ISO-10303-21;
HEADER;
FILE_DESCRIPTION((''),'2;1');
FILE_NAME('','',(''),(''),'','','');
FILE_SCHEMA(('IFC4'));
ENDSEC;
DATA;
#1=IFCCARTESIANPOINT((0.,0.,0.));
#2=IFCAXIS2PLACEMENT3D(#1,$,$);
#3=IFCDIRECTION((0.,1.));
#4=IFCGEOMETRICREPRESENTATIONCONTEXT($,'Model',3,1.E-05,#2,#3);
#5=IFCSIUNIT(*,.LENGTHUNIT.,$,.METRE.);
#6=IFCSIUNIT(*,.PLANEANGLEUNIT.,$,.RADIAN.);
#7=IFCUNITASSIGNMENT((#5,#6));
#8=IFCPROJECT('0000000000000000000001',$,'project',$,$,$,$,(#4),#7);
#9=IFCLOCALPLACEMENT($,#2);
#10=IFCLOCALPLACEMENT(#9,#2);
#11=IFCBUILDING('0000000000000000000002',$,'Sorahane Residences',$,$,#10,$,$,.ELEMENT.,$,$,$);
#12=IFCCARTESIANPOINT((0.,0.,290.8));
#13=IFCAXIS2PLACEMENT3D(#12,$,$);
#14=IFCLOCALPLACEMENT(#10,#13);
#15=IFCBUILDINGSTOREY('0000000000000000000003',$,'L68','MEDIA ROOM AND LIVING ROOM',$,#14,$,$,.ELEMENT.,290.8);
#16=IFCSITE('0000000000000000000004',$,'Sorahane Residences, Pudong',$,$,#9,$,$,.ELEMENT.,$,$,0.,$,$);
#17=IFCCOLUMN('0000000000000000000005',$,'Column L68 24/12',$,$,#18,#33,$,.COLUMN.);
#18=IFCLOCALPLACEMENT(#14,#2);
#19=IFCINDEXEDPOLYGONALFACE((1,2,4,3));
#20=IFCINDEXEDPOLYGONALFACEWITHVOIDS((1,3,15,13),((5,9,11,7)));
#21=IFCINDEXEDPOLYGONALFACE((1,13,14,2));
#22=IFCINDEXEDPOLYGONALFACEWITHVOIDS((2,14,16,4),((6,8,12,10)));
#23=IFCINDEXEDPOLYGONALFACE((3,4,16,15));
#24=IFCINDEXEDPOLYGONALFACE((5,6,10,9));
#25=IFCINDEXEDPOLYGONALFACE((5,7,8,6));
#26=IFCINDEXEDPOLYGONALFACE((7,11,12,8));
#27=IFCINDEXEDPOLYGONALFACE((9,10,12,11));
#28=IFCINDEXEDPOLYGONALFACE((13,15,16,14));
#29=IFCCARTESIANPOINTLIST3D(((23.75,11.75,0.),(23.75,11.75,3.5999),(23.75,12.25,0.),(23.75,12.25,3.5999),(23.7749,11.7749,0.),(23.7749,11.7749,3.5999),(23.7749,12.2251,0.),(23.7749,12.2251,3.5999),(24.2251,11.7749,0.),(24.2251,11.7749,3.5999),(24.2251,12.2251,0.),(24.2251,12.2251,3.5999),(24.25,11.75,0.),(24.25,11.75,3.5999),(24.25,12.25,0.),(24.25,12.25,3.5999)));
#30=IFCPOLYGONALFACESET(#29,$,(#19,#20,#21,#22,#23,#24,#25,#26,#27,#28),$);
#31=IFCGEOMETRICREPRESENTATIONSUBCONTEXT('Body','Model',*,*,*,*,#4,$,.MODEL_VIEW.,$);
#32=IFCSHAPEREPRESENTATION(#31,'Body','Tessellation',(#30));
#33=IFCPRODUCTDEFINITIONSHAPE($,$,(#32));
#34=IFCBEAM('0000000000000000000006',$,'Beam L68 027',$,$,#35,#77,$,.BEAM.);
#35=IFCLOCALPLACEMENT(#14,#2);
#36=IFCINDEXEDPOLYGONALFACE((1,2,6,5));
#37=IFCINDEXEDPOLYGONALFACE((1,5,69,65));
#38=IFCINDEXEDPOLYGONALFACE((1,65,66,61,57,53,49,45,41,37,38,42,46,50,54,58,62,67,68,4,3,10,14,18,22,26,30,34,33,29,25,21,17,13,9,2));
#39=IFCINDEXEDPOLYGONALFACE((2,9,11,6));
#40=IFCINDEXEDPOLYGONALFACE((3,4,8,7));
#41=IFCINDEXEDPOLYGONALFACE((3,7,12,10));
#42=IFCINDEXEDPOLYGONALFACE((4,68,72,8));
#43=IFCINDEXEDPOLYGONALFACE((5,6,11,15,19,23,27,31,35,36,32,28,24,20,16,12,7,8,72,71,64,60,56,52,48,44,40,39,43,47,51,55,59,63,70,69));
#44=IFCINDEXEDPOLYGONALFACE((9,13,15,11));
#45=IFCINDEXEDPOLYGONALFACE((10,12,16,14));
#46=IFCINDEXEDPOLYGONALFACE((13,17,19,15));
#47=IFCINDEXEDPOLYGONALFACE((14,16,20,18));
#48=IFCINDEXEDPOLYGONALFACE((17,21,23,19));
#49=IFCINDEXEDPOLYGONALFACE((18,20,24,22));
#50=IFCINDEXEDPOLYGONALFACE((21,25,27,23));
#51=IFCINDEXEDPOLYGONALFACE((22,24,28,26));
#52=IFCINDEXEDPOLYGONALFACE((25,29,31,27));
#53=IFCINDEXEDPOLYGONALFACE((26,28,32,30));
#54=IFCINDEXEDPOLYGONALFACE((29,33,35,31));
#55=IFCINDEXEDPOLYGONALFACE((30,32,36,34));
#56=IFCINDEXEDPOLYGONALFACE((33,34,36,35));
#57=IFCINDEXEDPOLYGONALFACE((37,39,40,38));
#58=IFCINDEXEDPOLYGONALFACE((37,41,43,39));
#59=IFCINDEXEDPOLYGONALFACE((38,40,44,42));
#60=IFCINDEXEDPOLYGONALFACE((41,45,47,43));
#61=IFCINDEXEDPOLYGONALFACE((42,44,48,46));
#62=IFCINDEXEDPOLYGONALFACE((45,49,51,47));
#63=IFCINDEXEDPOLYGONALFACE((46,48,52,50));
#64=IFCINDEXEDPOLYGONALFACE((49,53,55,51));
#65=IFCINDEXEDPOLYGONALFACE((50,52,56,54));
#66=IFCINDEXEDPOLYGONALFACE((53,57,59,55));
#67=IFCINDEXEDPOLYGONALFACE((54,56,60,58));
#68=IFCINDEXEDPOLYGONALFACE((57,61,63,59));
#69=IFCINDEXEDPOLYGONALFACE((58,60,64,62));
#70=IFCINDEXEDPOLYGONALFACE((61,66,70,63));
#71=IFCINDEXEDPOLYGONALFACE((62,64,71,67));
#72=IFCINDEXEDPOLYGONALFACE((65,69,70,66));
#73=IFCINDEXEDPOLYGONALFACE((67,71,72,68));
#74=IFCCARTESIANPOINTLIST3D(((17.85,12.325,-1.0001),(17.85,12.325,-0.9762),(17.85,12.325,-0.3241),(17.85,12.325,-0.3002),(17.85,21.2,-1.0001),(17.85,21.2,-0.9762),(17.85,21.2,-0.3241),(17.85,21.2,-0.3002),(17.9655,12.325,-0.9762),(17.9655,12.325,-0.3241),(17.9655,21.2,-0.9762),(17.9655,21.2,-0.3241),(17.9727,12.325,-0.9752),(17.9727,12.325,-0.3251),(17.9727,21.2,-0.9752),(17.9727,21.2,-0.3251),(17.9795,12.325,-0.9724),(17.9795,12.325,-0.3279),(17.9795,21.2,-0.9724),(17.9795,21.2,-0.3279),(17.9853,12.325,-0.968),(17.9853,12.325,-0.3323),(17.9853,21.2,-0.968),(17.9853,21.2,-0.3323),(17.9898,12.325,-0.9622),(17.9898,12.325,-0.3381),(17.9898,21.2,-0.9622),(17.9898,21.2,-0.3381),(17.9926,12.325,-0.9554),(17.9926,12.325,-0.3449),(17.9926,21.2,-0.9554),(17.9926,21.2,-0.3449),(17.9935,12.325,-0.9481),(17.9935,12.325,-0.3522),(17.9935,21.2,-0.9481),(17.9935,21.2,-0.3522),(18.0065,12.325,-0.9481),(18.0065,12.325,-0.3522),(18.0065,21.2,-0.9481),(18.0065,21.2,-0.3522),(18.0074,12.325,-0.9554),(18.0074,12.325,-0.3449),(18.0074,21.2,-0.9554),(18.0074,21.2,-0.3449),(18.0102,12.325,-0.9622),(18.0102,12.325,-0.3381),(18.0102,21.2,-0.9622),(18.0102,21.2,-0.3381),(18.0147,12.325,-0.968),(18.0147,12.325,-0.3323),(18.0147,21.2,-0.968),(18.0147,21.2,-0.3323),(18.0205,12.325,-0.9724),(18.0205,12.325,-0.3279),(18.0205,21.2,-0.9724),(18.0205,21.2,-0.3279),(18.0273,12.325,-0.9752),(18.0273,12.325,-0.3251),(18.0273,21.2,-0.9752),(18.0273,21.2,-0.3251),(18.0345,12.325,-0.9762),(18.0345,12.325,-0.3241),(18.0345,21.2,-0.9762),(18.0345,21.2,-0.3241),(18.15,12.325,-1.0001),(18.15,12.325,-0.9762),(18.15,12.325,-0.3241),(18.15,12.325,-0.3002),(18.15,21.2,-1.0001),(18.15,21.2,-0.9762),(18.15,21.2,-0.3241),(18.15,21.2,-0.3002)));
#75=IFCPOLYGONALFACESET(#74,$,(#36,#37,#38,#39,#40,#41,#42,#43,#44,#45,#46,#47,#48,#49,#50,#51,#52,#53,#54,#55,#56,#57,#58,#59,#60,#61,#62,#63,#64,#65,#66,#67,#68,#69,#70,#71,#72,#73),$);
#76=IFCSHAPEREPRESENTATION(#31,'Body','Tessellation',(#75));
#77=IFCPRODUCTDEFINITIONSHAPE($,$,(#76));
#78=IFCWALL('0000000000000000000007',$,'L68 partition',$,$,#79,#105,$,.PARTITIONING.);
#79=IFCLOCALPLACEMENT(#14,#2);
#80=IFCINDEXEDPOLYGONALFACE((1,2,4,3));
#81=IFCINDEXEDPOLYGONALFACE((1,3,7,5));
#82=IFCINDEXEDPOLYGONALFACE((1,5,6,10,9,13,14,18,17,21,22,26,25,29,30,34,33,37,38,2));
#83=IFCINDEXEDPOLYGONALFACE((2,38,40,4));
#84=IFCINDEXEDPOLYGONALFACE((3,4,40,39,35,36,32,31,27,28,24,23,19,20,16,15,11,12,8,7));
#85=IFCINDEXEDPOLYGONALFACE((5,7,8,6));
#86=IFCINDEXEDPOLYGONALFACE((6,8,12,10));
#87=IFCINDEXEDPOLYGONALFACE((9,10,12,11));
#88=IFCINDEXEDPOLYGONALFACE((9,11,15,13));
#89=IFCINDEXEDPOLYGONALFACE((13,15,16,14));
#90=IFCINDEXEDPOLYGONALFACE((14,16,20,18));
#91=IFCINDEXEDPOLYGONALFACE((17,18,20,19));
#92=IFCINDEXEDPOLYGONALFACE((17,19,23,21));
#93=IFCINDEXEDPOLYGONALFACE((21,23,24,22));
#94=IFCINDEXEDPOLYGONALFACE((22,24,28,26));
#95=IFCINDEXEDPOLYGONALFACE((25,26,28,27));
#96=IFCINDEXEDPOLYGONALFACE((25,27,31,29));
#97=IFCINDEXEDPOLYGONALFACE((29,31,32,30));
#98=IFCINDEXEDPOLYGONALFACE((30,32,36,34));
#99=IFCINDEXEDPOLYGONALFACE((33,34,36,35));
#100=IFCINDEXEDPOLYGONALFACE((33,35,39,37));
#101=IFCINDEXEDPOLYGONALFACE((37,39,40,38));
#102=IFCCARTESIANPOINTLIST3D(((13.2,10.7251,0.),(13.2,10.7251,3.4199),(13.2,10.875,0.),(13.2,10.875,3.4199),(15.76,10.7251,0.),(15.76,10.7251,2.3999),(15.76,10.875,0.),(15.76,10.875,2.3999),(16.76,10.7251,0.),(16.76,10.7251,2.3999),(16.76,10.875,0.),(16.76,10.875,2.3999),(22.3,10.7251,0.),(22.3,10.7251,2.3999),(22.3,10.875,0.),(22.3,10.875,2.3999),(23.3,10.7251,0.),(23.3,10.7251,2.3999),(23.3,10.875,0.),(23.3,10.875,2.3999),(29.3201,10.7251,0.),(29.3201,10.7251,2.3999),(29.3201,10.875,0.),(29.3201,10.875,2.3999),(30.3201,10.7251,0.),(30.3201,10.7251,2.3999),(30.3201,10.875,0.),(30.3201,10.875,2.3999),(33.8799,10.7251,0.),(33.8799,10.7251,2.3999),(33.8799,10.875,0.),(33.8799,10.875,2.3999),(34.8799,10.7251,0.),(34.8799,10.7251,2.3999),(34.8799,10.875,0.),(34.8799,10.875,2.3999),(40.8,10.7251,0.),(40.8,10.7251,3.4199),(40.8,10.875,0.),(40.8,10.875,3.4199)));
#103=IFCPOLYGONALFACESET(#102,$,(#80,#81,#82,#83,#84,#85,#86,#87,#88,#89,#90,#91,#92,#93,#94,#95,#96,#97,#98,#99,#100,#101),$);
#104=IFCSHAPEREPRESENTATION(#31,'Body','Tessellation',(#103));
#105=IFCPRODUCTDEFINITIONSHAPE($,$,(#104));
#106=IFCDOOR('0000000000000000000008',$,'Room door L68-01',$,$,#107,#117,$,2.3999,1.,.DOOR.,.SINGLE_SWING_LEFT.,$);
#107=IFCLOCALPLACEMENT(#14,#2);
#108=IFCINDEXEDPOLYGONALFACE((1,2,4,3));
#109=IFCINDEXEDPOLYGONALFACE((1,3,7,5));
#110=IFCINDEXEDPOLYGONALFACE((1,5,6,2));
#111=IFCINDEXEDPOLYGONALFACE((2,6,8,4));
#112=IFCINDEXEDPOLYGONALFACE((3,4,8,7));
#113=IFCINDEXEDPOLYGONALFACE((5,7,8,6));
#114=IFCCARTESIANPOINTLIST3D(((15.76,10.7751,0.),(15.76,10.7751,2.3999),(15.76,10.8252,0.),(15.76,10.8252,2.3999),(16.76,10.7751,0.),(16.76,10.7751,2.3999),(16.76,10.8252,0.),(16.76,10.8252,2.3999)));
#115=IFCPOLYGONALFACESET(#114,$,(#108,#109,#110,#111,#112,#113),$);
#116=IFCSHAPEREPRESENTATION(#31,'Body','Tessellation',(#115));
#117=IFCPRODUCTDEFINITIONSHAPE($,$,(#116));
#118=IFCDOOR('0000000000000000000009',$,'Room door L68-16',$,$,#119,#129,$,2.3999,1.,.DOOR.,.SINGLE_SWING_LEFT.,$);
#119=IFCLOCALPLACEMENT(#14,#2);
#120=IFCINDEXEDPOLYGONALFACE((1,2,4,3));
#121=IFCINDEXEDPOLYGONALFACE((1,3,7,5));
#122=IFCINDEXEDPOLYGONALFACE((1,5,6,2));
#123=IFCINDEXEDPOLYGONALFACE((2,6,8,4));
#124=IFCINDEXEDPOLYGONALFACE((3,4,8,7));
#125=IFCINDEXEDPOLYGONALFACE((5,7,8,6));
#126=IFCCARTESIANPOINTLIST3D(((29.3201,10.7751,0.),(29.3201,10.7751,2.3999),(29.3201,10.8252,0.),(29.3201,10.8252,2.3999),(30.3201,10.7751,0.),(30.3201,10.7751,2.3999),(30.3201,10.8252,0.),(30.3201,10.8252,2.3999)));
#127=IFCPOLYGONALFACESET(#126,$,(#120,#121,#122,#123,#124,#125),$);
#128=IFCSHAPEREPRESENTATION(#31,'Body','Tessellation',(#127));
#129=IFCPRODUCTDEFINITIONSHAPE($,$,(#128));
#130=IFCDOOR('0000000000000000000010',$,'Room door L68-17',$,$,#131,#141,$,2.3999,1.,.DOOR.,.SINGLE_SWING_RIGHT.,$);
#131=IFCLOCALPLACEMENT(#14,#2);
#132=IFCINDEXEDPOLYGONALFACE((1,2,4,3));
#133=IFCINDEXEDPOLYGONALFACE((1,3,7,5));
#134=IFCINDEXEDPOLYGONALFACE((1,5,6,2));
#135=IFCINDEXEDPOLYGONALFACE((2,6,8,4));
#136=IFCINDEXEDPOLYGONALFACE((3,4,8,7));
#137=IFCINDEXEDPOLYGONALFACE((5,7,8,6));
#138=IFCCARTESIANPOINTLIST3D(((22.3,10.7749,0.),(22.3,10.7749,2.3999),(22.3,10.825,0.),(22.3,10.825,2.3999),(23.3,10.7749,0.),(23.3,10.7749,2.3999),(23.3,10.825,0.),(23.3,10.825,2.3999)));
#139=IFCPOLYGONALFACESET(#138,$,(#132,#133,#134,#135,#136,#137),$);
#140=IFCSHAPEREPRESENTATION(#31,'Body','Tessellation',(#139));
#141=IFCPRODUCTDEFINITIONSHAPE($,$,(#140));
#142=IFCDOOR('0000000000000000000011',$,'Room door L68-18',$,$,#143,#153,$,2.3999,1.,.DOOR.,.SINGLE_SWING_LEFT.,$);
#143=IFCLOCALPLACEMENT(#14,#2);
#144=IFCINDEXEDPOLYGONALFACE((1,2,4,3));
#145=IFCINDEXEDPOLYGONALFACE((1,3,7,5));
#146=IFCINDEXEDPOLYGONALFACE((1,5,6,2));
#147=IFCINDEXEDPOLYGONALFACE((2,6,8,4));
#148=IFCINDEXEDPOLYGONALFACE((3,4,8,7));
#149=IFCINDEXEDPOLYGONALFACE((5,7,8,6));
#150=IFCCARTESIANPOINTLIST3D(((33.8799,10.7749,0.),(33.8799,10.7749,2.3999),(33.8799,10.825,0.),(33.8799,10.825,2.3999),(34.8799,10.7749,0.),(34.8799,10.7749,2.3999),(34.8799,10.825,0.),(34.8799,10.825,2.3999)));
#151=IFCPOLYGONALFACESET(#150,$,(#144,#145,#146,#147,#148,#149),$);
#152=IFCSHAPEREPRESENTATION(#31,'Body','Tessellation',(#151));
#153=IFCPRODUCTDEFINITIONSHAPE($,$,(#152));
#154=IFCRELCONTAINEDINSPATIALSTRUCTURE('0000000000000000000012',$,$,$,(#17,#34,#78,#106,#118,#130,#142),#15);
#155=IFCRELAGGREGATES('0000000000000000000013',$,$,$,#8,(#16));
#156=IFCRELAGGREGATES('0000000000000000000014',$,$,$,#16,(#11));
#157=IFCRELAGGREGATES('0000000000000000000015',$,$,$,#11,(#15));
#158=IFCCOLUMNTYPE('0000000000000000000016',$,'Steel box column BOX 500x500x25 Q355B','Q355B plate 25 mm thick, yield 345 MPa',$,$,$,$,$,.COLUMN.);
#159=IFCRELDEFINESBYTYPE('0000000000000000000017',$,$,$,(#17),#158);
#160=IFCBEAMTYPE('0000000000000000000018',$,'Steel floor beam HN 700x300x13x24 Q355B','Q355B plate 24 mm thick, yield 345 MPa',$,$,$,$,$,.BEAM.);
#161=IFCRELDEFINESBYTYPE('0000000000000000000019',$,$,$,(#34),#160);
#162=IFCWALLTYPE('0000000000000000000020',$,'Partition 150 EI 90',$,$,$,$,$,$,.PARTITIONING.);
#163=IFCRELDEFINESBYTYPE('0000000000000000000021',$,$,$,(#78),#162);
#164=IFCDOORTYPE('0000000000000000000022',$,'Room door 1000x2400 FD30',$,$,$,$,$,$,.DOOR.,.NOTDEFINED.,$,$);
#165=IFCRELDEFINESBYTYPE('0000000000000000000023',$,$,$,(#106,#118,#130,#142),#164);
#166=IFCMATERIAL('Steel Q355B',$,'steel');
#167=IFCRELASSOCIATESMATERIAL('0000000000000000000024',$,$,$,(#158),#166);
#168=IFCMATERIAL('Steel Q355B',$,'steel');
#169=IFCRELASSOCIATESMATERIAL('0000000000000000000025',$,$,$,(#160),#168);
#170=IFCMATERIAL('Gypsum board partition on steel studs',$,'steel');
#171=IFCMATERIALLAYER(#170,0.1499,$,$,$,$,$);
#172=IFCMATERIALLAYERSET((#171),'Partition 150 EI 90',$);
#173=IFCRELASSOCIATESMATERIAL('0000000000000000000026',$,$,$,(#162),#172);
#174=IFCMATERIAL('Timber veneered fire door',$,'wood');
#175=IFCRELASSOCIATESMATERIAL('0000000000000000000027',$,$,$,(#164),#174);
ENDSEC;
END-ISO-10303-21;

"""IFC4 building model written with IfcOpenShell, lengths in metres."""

from ifc_helpers import new_model, si_unit, direction, frame, frame_2d, origin, origin_2d, place, context, subcontext, project, spatial, rectangle, hollow_rectangle, i_section, extrude, material, layer, layer_set, material_profile, profile_set, type_object, element, fill, save


model = new_model("IFC4")

# Units and contexts
model_context = context("Model", 3, precision=1e-05, world=origin(), true_north=direction((0.0, 1.0)))
body_context = subcontext(model_context, "Body", "Model", "MODEL_VIEW")
ifc_project = project(units=[si_unit("LENGTHUNIT", "METRE"), si_unit("PLANEANGLEUNIT", "RADIAN")], contexts=[model_context])

# Site, building, storey
site_placement = place(None, origin())
site = spatial("IfcSite", under=ifc_project, at=site_placement, Name="Sorahane Residences, Pudong", CompositionType="ELEMENT", RefElevation=0.0)
building_placement = place(site_placement, origin())
building = spatial("IfcBuilding", under=site, at=building_placement, Name="Sorahane Residences", CompositionType="ELEMENT")
storey_placement = place(building_placement, frame((0.0, 0.0, 290.8)))
storey = spatial("IfcBuildingStorey", under=building, at=storey_placement, Name="L68", Description="MEDIA ROOM AND LIVING ROOM", CompositionType="ELEMENT", Elevation=290.8)

# Column
ifc_material_1 = material(Name="Steel Q355B", Category="steel")
ifc_material_profile_1 = material_profile(ifc_material_1, hollow_rectangle(XDim=0.5, YDim=0.5, WallThickness=0.0249, at=origin_2d()), Name="BOX 500x500x25")
ifc_profile_set_1 = profile_set([ifc_material_profile_1], Name="Steel Q355B")
column_type = type_object("IfcColumnType", Name="Steel box column BOX 500x500x25 Q355B", Description="Q355B plate 25 mm thick, yield 345 MPa", PredefinedType="COLUMN", material=ifc_profile_set_1)
column_placement = place(storey_placement, frame((24.0, 12.0, 0.0), z_axis=(0.0, 0.0, 1.0), x_axis=(1.0, 0.0, 0.0)))
element("IfcColumn", 1, at=column_placement, inside=storey, type_object=column_type, Name="Column L68 24/12", PredefinedType="COLUMN", context=body_context, shape_type="SweptSolid", body=[
    extrude(hollow_rectangle(XDim=0.5, YDim=0.5, WallThickness=0.0249, at=origin_2d()), origin(), (0.0, 0.0, 1.0), 3.5999),
])

# Beam
ifc_material_2 = material(Name="Steel Q355B", Category="steel")
ifc_material_profile_2 = material_profile(ifc_material_2, i_section(OverallWidth=0.3, OverallDepth=0.7, WebThickness=0.0129, FlangeThickness=0.0239, FilletRadius=0.0281, at=origin_2d()), Name="HN 700x300x13x24")
ifc_profile_set_2 = profile_set([ifc_material_profile_2], Name="Steel Q355B")
beam_type = type_object("IfcBeamType", Name="Steel floor beam HN 700x300x13x24 Q355B", Description="Q355B plate 24 mm thick, yield 345 MPa", PredefinedType="BEAM", material=ifc_profile_set_2)
beam_placement = place(storey_placement, frame((18.0, 12.325, -0.6501), z_axis=(0.0, 1.0, 0.0), x_axis=(-1.0, 0.0, 0.0)))
element("IfcBeam", 2, at=beam_placement, inside=storey, type_object=beam_type, Name="Beam L68 027", PredefinedType="BEAM", context=body_context, shape_type="SweptSolid", body=[
    extrude(i_section(OverallWidth=0.3, OverallDepth=0.7, WebThickness=0.0129, FlangeThickness=0.0239, FilletRadius=0.0281, at=origin_2d()), origin(), (0.0, 0.0, 1.0), 8.875),
])

# Wall, openings, doors
ifc_material_3 = material(Name="Gypsum board partition on steel studs", Category="steel")
ifc_layer_1 = layer(ifc_material_3, 0.1499)
ifc_layer_set_1 = layer_set([ifc_layer_1], Name="Partition 150 EI 90")
wall_type_1 = type_object("IfcWallType", Name="Partition 150 EI 90", PredefinedType="PARTITIONING", material=ifc_layer_set_1)
wall_1_placement = place(storey_placement, frame((13.2, 10.8, 0.0), z_axis=(0.0, 0.0, 1.0), x_axis=(1.0, 0.0, 0.0)))
wall_1 = element("IfcWall", 3, at=wall_1_placement, inside=storey, type_object=wall_type_1, Name="L68 partition", PredefinedType="PARTITIONING", context=body_context, shape_type="SweptSolid", body=[
    extrude(rectangle(XDim=27.6001, YDim=0.1499, at=frame_2d((13.8, 0.0))), origin(), (0.0, 0.0, 1.0), 3.4199),
])
opening_1_placement = place(wall_1_placement, frame((2.5601, 0.0, 0.0)))
opening_1 = element("IfcOpeningElement", 4, at=opening_1_placement, cuts=wall_1, PredefinedType="OPENING", context=body_context, shape_type="SweptSolid", body=[
    extrude(rectangle(XDim=1.0, YDim=2.3999, at=frame_2d((0.5, 1.2))), frame((0.0, 0.085, 0.0), z_axis=(0.0, -1.0, 0.0), x_axis=(1.0, 0.0, 0.0)), (0.0, 0.0, 1.0), 0.1699),
])
opening_2_placement = place(wall_1_placement, frame((16.1201, 0.0, 0.0)))
opening_2 = element("IfcOpeningElement", 5, at=opening_2_placement, cuts=wall_1, PredefinedType="OPENING", context=body_context, shape_type="SweptSolid", body=[
    extrude(rectangle(XDim=1.0, YDim=2.3999, at=frame_2d((0.5, 1.2))), frame((0.0, 0.085, 0.0), z_axis=(0.0, -1.0, 0.0), x_axis=(1.0, 0.0, 0.0)), (0.0, 0.0, 1.0), 0.1699),
])
opening_3_placement = place(wall_1_placement, frame((9.1001, 0.0, 0.0)))
opening_3 = element("IfcOpeningElement", 6, at=opening_3_placement, cuts=wall_1, PredefinedType="OPENING", context=body_context, shape_type="SweptSolid", body=[
    extrude(rectangle(XDim=1.0, YDim=2.3999, at=frame_2d((0.5, 1.2))), frame((0.0, 0.085, 0.0), z_axis=(0.0, -1.0, 0.0), x_axis=(1.0, 0.0, 0.0)), (0.0, 0.0, 1.0), 0.1699),
])
opening_4_placement = place(wall_1_placement, frame((20.6799, 0.0, 0.0)))
opening_4 = element("IfcOpeningElement", 7, at=opening_4_placement, cuts=wall_1, PredefinedType="OPENING", context=body_context, shape_type="SweptSolid", body=[
    extrude(rectangle(XDim=1.0, YDim=2.3999, at=frame_2d((0.5, 1.2))), frame((0.0, 0.085, 0.0), z_axis=(0.0, -1.0, 0.0), x_axis=(1.0, 0.0, 0.0)), (0.0, 0.0, 1.0), 0.1699),
])
ifc_material_4 = material(Name="Timber veneered fire door", Category="wood")
door_type_1 = type_object("IfcDoorType", Name="Room door 1000x2400 FD30", OperationType="NOTDEFINED", PredefinedType="DOOR", material=ifc_material_4)
door_1_placement = place(opening_1_placement, frame((1.0, 0.0, 0.0), z_axis=(0.0, 0.0, 1.0), x_axis=(-1.0, 0.0, 0.0)))
door_1 = element("IfcDoor", 8, at=door_1_placement, inside=storey, type_object=door_type_1, Name="Room door L68-01", OperationType="SINGLE_SWING_LEFT", OverallHeight=2.3999, OverallWidth=1.0, PredefinedType="DOOR", context=body_context, shape_type="SweptSolid", body=[
    extrude(rectangle(XDim=1.0, YDim=2.3999, at=frame_2d((0.5, 1.2))), frame((0.0, 0.0249, 0.0), z_axis=(0.0, -1.0, 0.0), x_axis=(1.0, 0.0, 0.0)), (0.0, 0.0, 1.0), 0.05),
])
fill(opening_1, door_1)
door_2_placement = place(opening_2_placement, frame((1.0, 0.0, 0.0), z_axis=(0.0, 0.0, 1.0), x_axis=(-1.0, 0.0, 0.0)))
door_2 = element("IfcDoor", 9, at=door_2_placement, inside=storey, type_object=door_type_1, Name="Room door L68-16", OperationType="SINGLE_SWING_LEFT", OverallHeight=2.3999, OverallWidth=1.0, PredefinedType="DOOR", context=body_context, shape_type="SweptSolid", body=[
    extrude(rectangle(XDim=1.0, YDim=2.3999, at=frame_2d((0.5, 1.2))), frame((0.0, 0.0249, 0.0), z_axis=(0.0, -1.0, 0.0), x_axis=(1.0, 0.0, 0.0)), (0.0, 0.0, 1.0), 0.05),
])
fill(opening_2, door_2)
door_3_placement = place(opening_3_placement, origin())
door_3 = element("IfcDoor", 10, at=door_3_placement, inside=storey, type_object=door_type_1, Name="Room door L68-17", OperationType="SINGLE_SWING_RIGHT", OverallHeight=2.3999, OverallWidth=1.0, PredefinedType="DOOR", context=body_context, shape_type="SweptSolid", body=[
    extrude(rectangle(XDim=1.0, YDim=2.3999, at=frame_2d((0.5, 1.2))), frame((0.0, 0.0249, 0.0), z_axis=(0.0, -1.0, 0.0), x_axis=(1.0, 0.0, 0.0)), (0.0, 0.0, 1.0), 0.05),
])
fill(opening_3, door_3)
door_4_placement = place(opening_4_placement, origin())
door_4 = element("IfcDoor", 11, at=door_4_placement, inside=storey, type_object=door_type_1, Name="Room door L68-18", OperationType="SINGLE_SWING_LEFT", OverallHeight=2.3999, OverallWidth=1.0, PredefinedType="DOOR", context=body_context, shape_type="SweptSolid", body=[
    extrude(rectangle(XDim=1.0, YDim=2.3999, at=frame_2d((0.5, 1.2))), frame((0.0, 0.0249, 0.0), z_axis=(0.0, -1.0, 0.0), x_axis=(1.0, 0.0, 0.0)), (0.0, 0.0, 1.0), 0.05),
])
fill(opening_4, door_4)

save(model, "model.ifc")
